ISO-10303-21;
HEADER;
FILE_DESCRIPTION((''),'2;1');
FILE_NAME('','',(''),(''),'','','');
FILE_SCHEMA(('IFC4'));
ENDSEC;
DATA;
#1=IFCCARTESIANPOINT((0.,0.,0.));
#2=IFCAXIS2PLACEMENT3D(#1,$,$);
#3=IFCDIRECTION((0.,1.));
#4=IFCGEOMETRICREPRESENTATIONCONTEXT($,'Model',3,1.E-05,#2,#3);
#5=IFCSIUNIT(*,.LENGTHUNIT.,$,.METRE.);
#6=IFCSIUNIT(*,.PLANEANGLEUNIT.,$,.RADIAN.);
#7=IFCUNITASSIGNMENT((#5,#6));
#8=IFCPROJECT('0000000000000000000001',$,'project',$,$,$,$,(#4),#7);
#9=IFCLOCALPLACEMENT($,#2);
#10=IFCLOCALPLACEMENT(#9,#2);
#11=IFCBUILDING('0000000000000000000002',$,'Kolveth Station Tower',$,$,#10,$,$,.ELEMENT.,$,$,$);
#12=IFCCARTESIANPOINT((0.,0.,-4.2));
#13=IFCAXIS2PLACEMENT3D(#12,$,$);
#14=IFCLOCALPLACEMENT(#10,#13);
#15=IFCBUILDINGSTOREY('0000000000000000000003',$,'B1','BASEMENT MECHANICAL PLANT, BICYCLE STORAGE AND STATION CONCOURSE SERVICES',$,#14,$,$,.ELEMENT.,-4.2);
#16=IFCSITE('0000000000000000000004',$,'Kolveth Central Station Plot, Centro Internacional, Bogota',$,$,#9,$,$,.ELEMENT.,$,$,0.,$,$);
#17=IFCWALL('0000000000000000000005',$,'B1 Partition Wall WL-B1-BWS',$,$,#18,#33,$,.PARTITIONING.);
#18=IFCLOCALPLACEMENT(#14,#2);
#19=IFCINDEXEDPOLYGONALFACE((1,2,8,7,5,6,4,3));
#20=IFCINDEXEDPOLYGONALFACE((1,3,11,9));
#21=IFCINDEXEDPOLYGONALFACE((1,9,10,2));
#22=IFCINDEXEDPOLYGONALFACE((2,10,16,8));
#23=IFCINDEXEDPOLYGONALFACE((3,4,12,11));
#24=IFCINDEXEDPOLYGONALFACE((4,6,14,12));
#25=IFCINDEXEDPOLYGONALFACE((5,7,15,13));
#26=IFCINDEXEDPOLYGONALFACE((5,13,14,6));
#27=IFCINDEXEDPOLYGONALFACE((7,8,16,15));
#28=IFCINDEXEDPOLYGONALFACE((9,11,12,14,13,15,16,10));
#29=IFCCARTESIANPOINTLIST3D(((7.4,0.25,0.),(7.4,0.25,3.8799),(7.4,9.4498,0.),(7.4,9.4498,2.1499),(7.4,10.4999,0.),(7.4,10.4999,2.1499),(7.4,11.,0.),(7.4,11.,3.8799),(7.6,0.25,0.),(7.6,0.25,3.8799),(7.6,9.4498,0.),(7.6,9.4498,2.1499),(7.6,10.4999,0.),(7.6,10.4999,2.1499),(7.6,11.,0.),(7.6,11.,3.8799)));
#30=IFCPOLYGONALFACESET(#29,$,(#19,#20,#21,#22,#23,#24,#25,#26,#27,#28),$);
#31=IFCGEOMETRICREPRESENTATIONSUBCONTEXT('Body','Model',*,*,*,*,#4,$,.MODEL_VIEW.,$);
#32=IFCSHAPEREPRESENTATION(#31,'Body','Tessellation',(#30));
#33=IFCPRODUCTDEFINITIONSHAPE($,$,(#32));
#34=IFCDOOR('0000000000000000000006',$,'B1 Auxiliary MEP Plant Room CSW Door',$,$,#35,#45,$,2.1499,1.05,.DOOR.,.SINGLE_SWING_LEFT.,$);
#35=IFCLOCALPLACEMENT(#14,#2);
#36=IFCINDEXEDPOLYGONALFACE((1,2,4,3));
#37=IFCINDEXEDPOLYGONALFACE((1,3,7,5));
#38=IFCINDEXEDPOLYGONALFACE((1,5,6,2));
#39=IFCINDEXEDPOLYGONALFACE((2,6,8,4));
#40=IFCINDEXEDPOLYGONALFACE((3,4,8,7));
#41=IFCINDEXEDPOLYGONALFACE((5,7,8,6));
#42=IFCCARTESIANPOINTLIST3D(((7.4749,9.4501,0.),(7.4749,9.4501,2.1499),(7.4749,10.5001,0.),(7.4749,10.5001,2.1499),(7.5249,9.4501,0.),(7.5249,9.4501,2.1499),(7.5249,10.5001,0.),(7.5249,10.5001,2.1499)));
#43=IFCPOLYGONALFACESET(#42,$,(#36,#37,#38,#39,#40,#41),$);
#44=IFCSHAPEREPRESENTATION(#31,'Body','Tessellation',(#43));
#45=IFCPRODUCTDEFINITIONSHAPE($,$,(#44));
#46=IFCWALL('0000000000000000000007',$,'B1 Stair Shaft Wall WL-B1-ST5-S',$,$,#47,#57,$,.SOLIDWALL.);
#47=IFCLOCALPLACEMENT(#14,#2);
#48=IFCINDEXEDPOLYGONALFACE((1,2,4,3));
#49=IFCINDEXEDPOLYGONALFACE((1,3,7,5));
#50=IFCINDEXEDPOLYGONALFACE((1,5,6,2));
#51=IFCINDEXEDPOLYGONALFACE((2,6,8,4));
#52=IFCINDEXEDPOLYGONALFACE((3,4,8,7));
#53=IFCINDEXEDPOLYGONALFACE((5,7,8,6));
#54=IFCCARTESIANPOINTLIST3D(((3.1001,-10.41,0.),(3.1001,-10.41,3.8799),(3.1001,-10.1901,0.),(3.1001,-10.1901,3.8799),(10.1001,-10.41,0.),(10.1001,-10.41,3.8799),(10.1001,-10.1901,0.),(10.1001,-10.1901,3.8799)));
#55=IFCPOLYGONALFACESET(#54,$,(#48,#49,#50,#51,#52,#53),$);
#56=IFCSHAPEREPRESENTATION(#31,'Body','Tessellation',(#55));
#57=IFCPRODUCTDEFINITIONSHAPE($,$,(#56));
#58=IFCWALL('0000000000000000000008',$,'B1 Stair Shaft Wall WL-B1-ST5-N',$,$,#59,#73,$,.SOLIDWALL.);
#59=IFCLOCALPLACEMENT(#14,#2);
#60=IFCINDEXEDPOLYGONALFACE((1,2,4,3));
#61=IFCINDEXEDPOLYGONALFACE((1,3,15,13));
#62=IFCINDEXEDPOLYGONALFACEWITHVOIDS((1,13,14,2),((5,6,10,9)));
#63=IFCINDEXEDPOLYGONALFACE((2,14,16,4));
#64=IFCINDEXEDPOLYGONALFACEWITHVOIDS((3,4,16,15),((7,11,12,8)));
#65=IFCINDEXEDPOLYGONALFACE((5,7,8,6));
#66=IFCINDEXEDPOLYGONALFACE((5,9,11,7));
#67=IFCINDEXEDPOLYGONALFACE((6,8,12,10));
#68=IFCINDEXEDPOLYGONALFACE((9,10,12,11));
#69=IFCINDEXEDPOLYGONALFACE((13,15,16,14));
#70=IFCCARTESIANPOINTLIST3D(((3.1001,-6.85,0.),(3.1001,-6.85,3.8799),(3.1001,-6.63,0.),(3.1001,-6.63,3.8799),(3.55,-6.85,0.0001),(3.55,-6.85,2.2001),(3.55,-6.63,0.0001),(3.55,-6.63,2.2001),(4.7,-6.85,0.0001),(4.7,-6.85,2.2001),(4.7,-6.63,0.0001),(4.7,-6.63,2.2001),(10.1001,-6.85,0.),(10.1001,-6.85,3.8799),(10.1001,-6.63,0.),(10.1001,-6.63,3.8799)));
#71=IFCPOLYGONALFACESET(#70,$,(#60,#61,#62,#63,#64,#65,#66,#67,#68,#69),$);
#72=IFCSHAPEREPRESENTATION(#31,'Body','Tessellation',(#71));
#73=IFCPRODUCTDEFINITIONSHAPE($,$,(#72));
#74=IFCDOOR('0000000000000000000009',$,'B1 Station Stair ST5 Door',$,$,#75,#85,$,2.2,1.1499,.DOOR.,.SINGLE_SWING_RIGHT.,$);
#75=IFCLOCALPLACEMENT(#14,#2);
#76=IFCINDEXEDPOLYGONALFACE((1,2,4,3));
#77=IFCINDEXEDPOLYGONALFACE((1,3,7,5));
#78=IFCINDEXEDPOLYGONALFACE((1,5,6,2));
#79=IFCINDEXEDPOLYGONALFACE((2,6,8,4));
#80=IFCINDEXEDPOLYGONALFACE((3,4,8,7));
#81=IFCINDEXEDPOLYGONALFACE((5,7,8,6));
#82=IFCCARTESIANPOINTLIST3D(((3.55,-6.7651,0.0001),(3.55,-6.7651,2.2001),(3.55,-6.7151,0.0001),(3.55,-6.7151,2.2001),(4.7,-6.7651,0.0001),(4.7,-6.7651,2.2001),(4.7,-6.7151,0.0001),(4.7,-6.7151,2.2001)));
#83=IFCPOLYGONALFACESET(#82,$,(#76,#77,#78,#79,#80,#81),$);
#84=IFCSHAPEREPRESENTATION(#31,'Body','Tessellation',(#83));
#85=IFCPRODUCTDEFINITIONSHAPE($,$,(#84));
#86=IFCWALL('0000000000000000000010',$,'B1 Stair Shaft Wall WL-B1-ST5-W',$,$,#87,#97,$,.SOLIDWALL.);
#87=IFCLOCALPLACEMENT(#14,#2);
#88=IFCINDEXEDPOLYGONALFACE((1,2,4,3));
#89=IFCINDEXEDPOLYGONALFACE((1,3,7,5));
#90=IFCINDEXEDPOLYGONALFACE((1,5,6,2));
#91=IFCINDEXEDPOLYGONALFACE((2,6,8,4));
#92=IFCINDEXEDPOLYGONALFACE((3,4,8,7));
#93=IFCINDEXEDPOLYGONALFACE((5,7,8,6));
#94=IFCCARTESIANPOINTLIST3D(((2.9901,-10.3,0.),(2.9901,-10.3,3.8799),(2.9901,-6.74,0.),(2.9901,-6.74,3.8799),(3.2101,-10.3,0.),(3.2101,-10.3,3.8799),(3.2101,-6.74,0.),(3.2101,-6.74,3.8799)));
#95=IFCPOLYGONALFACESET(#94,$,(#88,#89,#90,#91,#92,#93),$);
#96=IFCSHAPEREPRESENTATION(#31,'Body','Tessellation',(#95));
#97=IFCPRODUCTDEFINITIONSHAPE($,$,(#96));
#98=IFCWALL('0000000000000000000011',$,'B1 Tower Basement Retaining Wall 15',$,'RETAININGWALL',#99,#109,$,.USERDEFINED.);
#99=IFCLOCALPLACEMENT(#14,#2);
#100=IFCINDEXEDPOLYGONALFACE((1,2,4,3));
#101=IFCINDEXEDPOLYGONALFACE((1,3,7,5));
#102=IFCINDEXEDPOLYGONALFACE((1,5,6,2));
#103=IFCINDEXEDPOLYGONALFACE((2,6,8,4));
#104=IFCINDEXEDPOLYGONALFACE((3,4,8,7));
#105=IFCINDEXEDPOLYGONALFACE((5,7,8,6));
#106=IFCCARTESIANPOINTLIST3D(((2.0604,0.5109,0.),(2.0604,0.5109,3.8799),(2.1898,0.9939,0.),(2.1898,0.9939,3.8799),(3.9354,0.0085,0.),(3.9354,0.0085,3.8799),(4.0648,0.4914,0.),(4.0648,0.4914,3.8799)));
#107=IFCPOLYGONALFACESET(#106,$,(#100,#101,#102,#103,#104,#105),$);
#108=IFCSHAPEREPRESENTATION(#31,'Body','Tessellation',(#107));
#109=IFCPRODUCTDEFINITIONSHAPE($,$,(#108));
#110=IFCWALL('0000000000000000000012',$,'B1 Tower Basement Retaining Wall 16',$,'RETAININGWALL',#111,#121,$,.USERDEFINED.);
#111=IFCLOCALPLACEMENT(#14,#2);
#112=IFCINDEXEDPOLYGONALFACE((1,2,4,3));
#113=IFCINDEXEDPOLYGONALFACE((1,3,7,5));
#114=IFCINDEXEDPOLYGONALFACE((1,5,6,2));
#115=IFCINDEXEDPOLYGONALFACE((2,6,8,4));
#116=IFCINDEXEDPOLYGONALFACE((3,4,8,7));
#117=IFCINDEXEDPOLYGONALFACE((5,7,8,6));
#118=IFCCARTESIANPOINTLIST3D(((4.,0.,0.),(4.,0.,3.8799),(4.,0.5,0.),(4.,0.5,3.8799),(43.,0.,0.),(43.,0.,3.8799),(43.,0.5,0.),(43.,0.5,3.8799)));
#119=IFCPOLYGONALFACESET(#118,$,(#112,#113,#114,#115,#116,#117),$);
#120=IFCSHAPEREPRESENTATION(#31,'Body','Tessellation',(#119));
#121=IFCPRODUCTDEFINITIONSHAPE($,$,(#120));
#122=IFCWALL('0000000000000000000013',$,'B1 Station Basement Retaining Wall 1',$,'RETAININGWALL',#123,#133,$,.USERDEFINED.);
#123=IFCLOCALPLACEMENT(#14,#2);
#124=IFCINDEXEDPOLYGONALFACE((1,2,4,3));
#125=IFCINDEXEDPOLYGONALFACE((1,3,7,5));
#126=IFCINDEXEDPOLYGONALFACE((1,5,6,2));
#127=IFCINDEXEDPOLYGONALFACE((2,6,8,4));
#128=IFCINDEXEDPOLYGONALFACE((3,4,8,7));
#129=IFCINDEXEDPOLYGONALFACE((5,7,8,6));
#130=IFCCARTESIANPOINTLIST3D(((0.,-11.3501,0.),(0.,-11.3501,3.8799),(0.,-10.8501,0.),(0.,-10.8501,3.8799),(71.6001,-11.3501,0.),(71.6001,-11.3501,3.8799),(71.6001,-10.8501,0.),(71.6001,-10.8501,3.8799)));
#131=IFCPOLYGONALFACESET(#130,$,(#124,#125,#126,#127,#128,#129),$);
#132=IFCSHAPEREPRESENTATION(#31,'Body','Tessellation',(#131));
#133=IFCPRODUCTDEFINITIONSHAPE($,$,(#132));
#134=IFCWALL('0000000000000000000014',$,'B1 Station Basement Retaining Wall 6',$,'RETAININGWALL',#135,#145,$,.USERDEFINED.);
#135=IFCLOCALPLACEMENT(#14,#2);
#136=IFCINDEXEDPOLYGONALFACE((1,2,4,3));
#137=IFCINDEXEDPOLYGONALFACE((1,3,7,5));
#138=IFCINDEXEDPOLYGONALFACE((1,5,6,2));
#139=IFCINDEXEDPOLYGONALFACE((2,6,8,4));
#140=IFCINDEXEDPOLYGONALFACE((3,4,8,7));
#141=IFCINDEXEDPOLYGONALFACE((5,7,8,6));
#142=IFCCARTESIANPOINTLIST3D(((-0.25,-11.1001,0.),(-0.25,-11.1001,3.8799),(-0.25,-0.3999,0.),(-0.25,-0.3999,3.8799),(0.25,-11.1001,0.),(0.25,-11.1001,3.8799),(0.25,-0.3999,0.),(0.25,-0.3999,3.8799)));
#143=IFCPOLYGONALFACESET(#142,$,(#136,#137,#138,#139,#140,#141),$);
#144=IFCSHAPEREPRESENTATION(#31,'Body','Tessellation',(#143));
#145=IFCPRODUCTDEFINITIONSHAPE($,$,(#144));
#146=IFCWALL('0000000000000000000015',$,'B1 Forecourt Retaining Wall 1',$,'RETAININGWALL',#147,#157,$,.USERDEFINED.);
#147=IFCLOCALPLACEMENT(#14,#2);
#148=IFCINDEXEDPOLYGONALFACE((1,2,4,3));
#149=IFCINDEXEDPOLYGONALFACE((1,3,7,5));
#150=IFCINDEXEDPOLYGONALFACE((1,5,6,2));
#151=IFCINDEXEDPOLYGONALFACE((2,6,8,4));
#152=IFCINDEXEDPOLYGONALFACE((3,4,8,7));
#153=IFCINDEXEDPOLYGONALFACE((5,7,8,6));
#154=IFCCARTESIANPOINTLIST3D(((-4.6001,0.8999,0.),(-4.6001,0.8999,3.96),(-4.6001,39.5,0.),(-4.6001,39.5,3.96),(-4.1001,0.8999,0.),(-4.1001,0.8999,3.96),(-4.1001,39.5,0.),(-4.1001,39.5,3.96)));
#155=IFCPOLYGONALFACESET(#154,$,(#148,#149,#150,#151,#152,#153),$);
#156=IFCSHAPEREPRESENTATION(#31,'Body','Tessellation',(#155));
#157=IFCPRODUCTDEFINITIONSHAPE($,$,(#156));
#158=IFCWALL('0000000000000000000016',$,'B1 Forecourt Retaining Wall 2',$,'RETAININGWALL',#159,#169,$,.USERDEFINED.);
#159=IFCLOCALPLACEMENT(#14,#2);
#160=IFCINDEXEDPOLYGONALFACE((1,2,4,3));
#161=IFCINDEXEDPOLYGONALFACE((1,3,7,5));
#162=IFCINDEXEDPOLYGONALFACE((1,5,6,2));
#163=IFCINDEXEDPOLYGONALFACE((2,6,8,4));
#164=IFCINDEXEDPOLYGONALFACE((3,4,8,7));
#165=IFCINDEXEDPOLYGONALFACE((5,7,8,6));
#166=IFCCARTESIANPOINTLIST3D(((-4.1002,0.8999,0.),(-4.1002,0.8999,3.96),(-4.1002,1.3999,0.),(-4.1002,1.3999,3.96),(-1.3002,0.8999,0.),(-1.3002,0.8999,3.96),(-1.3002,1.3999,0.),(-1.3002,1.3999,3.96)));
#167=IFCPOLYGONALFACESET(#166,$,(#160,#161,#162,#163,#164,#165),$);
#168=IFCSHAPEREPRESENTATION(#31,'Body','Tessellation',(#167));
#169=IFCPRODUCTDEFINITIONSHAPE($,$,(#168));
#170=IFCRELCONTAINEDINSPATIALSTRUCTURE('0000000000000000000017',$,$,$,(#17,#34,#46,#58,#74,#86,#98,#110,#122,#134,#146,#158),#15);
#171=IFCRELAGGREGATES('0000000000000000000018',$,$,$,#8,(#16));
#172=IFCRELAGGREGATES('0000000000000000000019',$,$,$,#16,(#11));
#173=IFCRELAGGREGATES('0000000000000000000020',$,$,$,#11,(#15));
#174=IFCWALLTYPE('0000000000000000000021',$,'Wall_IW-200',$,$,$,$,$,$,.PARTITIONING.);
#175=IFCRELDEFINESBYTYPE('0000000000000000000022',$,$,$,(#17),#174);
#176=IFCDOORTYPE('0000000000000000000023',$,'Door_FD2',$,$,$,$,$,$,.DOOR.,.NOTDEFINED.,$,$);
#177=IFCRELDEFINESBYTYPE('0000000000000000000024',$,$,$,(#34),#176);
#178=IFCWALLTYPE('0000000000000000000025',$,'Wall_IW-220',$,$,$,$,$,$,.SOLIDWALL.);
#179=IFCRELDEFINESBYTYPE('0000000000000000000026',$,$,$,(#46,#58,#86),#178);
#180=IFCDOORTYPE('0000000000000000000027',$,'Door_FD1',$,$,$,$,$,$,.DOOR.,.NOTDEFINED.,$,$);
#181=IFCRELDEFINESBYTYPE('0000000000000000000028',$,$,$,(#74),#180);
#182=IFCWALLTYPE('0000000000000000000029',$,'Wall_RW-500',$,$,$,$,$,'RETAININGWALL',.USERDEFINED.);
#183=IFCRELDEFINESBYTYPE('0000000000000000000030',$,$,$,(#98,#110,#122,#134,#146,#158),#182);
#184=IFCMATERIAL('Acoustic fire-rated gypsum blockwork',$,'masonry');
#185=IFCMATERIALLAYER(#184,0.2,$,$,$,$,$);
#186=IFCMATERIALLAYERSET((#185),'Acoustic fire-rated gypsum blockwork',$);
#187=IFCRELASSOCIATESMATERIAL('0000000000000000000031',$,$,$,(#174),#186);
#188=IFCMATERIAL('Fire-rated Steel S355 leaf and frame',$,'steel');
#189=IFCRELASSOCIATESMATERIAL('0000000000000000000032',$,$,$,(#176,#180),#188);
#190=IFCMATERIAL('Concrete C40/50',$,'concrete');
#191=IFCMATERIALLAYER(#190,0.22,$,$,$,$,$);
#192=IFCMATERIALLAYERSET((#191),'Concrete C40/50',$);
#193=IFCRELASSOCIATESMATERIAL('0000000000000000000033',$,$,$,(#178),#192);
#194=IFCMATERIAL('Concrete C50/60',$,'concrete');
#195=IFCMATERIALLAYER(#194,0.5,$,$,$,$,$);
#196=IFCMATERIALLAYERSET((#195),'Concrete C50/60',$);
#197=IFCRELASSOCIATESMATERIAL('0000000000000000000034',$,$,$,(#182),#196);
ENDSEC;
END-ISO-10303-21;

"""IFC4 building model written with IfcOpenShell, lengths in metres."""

from ifc_helpers import new_model, si_unit, direction, frame, frame_2d, origin, place, context, subcontext, project, spatial, rectangle, extrude, material, layer, layer_set, type_object, element, fill, save


model = new_model("IFC4")

# Units and contexts
model_context = context("Model", 3, precision=1e-05, world=origin(), true_north=direction((0.0, 1.0)))
body_context = subcontext(model_context, "Body", "Model", "MODEL_VIEW")
ifc_project = project(units=[si_unit("LENGTHUNIT", "METRE"), si_unit("PLANEANGLEUNIT", "RADIAN")], contexts=[model_context])

# Site, building, storey
site_placement = place(None, origin())
site = spatial("IfcSite", under=ifc_project, at=site_placement, Name="Kolveth Central Station Plot, Centro Internacional, Bogota", CompositionType="ELEMENT", RefElevation=0.0)
building_placement = place(site_placement, origin())
building = spatial("IfcBuilding", under=site, at=building_placement, Name="Kolveth Station Tower", CompositionType="ELEMENT")
storey_placement = place(building_placement, frame((0.0, 0.0, -4.2)))
storey = spatial("IfcBuildingStorey", under=building, at=storey_placement, Name="B1", Description="BASEMENT MECHANICAL PLANT, BICYCLE STORAGE AND STATION CONCOURSE SERVICES", CompositionType="ELEMENT", Elevation=-4.2)

# Shared definitions
ifc_material_1 = material(Name="Concrete C50/60", Category="concrete")

# Shared definitions
ifc_material_2 = material(Name="Concrete C40/50", Category="concrete")

# Wall, opening, door
ifc_material_3 = material(Name="Acoustic fire-rated gypsum blockwork", Category="masonry")
ifc_layer_1 = layer(ifc_material_3, 0.2)
ifc_layer_set_1 = layer_set([ifc_layer_1], Name="Acoustic fire-rated gypsum blockwork")
wall_type_1 = type_object("IfcWallType", Name="Wall_IW-200", PredefinedType="PARTITIONING", material=ifc_layer_set_1)
wall_1_placement = place(storey_placement, frame((7.5, 0.25, 0.0), z_axis=(0.0, 0.0, 1.0), x_axis=(0.0, 1.0, 0.0)))
wall_1 = element("IfcWall", 1, at=wall_1_placement, inside=storey, type_object=wall_type_1, Name="B1 Partition Wall WL-B1-BWS", PredefinedType="PARTITIONING", context=body_context, shape_type="SweptSolid", body=[
    extrude(rectangle(XDim=10.75, YDim=0.2, at=frame_2d((5.375, 0.0))), origin(), (0.0, 0.0, 1.0), 3.8799),
])
opening_1_placement = place(wall_1_placement, frame((9.2, 0.0, 0.0)))
opening_1 = element("IfcOpeningElement", 2, at=opening_1_placement, cuts=wall_1, PredefinedType="OPENING", context=body_context, shape_type="SweptSolid", body=[
    extrude(rectangle(XDim=1.05, YDim=2.1499, at=frame_2d((0.5249, 1.075))), frame((0.0, 0.1099, 0.0), z_axis=(0.0, -1.0, 0.0), x_axis=(1.0, 0.0, 0.0)), (0.0, 0.0, 1.0), 0.22),
])
ifc_material_4 = material(Name="Fire-rated Steel S355 leaf and frame", Category="steel")
door_type_1 = type_object("IfcDoorType", Name="Door_FD2", OperationType="NOTDEFINED", PredefinedType="DOOR", material=ifc_material_4)
door_1_placement = place(opening_1_placement, frame((1.05, 0.0, 0.0), z_axis=(0.0, 0.0, 1.0), x_axis=(-1.0, 0.0, 0.0)))
door_1 = element("IfcDoor", 3, at=door_1_placement, inside=storey, type_object=door_type_1, Name="B1 Auxiliary MEP Plant Room CSW Door", OperationType="SINGLE_SWING_LEFT", OverallHeight=2.1499, OverallWidth=1.05, PredefinedType="DOOR", context=body_context, shape_type="SweptSolid", body=[
    extrude(rectangle(XDim=1.05, YDim=2.1499, at=frame_2d((0.5249, 1.075))), frame((0.0, 0.0249, 0.0), z_axis=(0.0, -1.0, 0.0), x_axis=(1.0, 0.0, 0.0)), (0.0, 0.0, 1.0), 0.05),
])
fill(opening_1, door_1)

# Wall
ifc_layer_2 = layer(ifc_material_2, 0.22)
ifc_layer_set_2 = layer_set([ifc_layer_2], Name="Concrete C40/50")
wall_type_2 = type_object("IfcWallType", Name="Wall_IW-220", PredefinedType="SOLIDWALL", material=ifc_layer_set_2)
wall_2_placement = place(storey_placement, frame((3.1001, -10.3, 0.0), z_axis=(0.0, 0.0, 1.0), x_axis=(1.0, 0.0, 0.0)))
element("IfcWall", 4, at=wall_2_placement, inside=storey, type_object=wall_type_2, Name="B1 Stair Shaft Wall WL-B1-ST5-S", PredefinedType="SOLIDWALL", context=body_context, shape_type="SweptSolid", body=[
    extrude(rectangle(XDim=7.0, YDim=0.22, at=frame_2d((3.5, 0.0))), origin(), (0.0, 0.0, 1.0), 3.8799),
])

# Wall, opening, door
wall_3_placement = place(storey_placement, frame((3.1001, -6.74, 0.0), z_axis=(0.0, 0.0, 1.0), x_axis=(1.0, 0.0, 0.0)))
wall_3 = element("IfcWall", 5, at=wall_3_placement, inside=storey, type_object=wall_type_2, Name="B1 Stair Shaft Wall WL-B1-ST5-N", PredefinedType="SOLIDWALL", context=body_context, shape_type="SweptSolid", body=[
    extrude(rectangle(XDim=7.0, YDim=0.22, at=frame_2d((3.5, 0.0))), origin(), (0.0, 0.0, 1.0), 3.8799),
])
opening_2_placement = place(wall_3_placement, frame((0.45, 0.0, 0.0)))
opening_2 = element("IfcOpeningElement", 6, at=opening_2_placement, cuts=wall_3, PredefinedType="OPENING", context=body_context, shape_type="SweptSolid", body=[
    extrude(rectangle(XDim=1.1499, YDim=2.2, at=frame_2d((0.575, 1.1001))), frame((0.0, 0.1199, 0.0), z_axis=(0.0, -1.0, 0.0), x_axis=(1.0, 0.0, 0.0)), (0.0, 0.0, 1.0), 0.24),
])
door_type_2 = type_object("IfcDoorType", Name="Door_FD1", OperationType="NOTDEFINED", PredefinedType="DOOR", material=ifc_material_4)
door_2_placement = place(opening_2_placement, origin())
door_2 = element("IfcDoor", 7, at=door_2_placement, inside=storey, type_object=door_type_2, Name="B1 Station Stair ST5 Door", OperationType="SINGLE_SWING_RIGHT", OverallHeight=2.2, OverallWidth=1.1499, PredefinedType="DOOR", context=body_context, shape_type="SweptSolid", body=[
    extrude(rectangle(XDim=1.1499, YDim=2.2, at=frame_2d((0.575, 1.1001))), frame((0.0, 0.0249, 0.0), z_axis=(0.0, -1.0, 0.0), x_axis=(1.0, 0.0, 0.0)), (0.0, 0.0, 1.0), 0.05),
])
fill(opening_2, door_2)

# Walls
wall_4_placement = place(storey_placement, frame((3.1001, -10.3, 0.0), z_axis=(0.0, 0.0, 1.0), x_axis=(0.0, 1.0, 0.0)))
element("IfcWall", 8, at=wall_4_placement, inside=storey, type_object=wall_type_2, Name="B1 Stair Shaft Wall WL-B1-ST5-W", PredefinedType="SOLIDWALL", context=body_context, shape_type="SweptSolid", body=[
    extrude(rectangle(XDim=3.5601, YDim=0.22, at=frame_2d((1.78, 0.0))), origin(), (0.0, 0.0, 1.0), 3.8799),
])
ifc_layer_3 = layer(ifc_material_1, 0.5)
ifc_layer_set_3 = layer_set([ifc_layer_3], Name="Concrete C50/60")
wall_type_3 = type_object("IfcWallType", Name="Wall_RW-500", ElementType="RETAININGWALL", PredefinedType="USERDEFINED", material=ifc_layer_set_3)
wall_5_placement = place(storey_placement, frame((2.125, 0.7524, 0.0), z_axis=(0.0, 0.0, 1.0), x_axis=(0.965921, -0.258837, 0.0)))
element("IfcWall", 9, at=wall_5_placement, inside=storey, type_object=wall_type_3, Name="B1 Tower Basement Retaining Wall 15", ObjectType="RETAININGWALL", PredefinedType="USERDEFINED", context=body_context, shape_type="SweptSolid", body=[
    extrude(rectangle(XDim=1.9412, YDim=0.5, at=frame_2d((0.9707, 0.0))), origin(), (0.0, 0.0, 1.0), 3.8799),
])
wall_6_placement = place(storey_placement, frame((4.0, 0.25, 0.0), z_axis=(0.0, 0.0, 1.0), x_axis=(1.0, 0.0, 0.0)))
element("IfcWall", 10, at=wall_6_placement, inside=storey, type_object=wall_type_3, Name="B1 Tower Basement Retaining Wall 16", ObjectType="RETAININGWALL", PredefinedType="USERDEFINED", context=body_context, shape_type="SweptSolid", body=[
    extrude(rectangle(XDim=39.0, YDim=0.5, at=frame_2d((19.5, 0.0))), origin(), (0.0, 0.0, 1.0), 3.8799),
])
wall_7_placement = place(storey_placement, frame((0.0, -11.1001, 0.0), z_axis=(0.0, 0.0, 1.0), x_axis=(1.0, 0.0, 0.0)))
element("IfcWall", 11, at=wall_7_placement, inside=storey, type_object=wall_type_3, Name="B1 Station Basement Retaining Wall 1", ObjectType="RETAININGWALL", PredefinedType="USERDEFINED", context=body_context, shape_type="SweptSolid", body=[
    extrude(rectangle(XDim=71.6001, YDim=0.5, at=frame_2d((35.8, 0.0))), origin(), (0.0, 0.0, 1.0), 3.8799),
])
wall_8_placement = place(storey_placement, frame((0.0, -0.3999, 0.0), z_axis=(0.0, 0.0, 1.0), x_axis=(0.0, -1.0, 0.0)))
element("IfcWall", 12, at=wall_8_placement, inside=storey, type_object=wall_type_3, Name="B1 Station Basement Retaining Wall 6", ObjectType="RETAININGWALL", PredefinedType="USERDEFINED", context=body_context, shape_type="SweptSolid", body=[
    extrude(rectangle(XDim=10.7002, YDim=0.5, at=frame_2d((5.3501, 0.0))), origin(), (0.0, 0.0, 1.0), 3.8799),
])
wall_9_placement = place(storey_placement, frame((-4.3501, 0.8999, 0.0), z_axis=(0.0, 0.0, 1.0), x_axis=(0.0, 1.0, 0.0)))
element("IfcWall", 13, at=wall_9_placement, inside=storey, type_object=wall_type_3, Name="B1 Forecourt Retaining Wall 1", ObjectType="RETAININGWALL", PredefinedType="USERDEFINED", context=body_context, shape_type="SweptSolid", body=[
    extrude(rectangle(XDim=38.6001, YDim=0.5, at=frame_2d((19.3, 0.0))), origin(), (0.0, 0.0, 1.0), 3.96),
])
wall_10_placement = place(storey_placement, frame((-4.1001, 1.1499, 0.0), z_axis=(0.0, 0.0, 1.0), x_axis=(1.0, 0.0, 0.0)))
element("IfcWall", 14, at=wall_10_placement, inside=storey, type_object=wall_type_3, Name="B1 Forecourt Retaining Wall 2", ObjectType="RETAININGWALL", PredefinedType="USERDEFINED", context=body_context, shape_type="SweptSolid", body=[
    extrude(rectangle(XDim=2.8, YDim=0.5, at=frame_2d((1.3999, 0.0))), origin(), (0.0, 0.0, 1.0), 3.96),
])

save(model, "model.ifc")
